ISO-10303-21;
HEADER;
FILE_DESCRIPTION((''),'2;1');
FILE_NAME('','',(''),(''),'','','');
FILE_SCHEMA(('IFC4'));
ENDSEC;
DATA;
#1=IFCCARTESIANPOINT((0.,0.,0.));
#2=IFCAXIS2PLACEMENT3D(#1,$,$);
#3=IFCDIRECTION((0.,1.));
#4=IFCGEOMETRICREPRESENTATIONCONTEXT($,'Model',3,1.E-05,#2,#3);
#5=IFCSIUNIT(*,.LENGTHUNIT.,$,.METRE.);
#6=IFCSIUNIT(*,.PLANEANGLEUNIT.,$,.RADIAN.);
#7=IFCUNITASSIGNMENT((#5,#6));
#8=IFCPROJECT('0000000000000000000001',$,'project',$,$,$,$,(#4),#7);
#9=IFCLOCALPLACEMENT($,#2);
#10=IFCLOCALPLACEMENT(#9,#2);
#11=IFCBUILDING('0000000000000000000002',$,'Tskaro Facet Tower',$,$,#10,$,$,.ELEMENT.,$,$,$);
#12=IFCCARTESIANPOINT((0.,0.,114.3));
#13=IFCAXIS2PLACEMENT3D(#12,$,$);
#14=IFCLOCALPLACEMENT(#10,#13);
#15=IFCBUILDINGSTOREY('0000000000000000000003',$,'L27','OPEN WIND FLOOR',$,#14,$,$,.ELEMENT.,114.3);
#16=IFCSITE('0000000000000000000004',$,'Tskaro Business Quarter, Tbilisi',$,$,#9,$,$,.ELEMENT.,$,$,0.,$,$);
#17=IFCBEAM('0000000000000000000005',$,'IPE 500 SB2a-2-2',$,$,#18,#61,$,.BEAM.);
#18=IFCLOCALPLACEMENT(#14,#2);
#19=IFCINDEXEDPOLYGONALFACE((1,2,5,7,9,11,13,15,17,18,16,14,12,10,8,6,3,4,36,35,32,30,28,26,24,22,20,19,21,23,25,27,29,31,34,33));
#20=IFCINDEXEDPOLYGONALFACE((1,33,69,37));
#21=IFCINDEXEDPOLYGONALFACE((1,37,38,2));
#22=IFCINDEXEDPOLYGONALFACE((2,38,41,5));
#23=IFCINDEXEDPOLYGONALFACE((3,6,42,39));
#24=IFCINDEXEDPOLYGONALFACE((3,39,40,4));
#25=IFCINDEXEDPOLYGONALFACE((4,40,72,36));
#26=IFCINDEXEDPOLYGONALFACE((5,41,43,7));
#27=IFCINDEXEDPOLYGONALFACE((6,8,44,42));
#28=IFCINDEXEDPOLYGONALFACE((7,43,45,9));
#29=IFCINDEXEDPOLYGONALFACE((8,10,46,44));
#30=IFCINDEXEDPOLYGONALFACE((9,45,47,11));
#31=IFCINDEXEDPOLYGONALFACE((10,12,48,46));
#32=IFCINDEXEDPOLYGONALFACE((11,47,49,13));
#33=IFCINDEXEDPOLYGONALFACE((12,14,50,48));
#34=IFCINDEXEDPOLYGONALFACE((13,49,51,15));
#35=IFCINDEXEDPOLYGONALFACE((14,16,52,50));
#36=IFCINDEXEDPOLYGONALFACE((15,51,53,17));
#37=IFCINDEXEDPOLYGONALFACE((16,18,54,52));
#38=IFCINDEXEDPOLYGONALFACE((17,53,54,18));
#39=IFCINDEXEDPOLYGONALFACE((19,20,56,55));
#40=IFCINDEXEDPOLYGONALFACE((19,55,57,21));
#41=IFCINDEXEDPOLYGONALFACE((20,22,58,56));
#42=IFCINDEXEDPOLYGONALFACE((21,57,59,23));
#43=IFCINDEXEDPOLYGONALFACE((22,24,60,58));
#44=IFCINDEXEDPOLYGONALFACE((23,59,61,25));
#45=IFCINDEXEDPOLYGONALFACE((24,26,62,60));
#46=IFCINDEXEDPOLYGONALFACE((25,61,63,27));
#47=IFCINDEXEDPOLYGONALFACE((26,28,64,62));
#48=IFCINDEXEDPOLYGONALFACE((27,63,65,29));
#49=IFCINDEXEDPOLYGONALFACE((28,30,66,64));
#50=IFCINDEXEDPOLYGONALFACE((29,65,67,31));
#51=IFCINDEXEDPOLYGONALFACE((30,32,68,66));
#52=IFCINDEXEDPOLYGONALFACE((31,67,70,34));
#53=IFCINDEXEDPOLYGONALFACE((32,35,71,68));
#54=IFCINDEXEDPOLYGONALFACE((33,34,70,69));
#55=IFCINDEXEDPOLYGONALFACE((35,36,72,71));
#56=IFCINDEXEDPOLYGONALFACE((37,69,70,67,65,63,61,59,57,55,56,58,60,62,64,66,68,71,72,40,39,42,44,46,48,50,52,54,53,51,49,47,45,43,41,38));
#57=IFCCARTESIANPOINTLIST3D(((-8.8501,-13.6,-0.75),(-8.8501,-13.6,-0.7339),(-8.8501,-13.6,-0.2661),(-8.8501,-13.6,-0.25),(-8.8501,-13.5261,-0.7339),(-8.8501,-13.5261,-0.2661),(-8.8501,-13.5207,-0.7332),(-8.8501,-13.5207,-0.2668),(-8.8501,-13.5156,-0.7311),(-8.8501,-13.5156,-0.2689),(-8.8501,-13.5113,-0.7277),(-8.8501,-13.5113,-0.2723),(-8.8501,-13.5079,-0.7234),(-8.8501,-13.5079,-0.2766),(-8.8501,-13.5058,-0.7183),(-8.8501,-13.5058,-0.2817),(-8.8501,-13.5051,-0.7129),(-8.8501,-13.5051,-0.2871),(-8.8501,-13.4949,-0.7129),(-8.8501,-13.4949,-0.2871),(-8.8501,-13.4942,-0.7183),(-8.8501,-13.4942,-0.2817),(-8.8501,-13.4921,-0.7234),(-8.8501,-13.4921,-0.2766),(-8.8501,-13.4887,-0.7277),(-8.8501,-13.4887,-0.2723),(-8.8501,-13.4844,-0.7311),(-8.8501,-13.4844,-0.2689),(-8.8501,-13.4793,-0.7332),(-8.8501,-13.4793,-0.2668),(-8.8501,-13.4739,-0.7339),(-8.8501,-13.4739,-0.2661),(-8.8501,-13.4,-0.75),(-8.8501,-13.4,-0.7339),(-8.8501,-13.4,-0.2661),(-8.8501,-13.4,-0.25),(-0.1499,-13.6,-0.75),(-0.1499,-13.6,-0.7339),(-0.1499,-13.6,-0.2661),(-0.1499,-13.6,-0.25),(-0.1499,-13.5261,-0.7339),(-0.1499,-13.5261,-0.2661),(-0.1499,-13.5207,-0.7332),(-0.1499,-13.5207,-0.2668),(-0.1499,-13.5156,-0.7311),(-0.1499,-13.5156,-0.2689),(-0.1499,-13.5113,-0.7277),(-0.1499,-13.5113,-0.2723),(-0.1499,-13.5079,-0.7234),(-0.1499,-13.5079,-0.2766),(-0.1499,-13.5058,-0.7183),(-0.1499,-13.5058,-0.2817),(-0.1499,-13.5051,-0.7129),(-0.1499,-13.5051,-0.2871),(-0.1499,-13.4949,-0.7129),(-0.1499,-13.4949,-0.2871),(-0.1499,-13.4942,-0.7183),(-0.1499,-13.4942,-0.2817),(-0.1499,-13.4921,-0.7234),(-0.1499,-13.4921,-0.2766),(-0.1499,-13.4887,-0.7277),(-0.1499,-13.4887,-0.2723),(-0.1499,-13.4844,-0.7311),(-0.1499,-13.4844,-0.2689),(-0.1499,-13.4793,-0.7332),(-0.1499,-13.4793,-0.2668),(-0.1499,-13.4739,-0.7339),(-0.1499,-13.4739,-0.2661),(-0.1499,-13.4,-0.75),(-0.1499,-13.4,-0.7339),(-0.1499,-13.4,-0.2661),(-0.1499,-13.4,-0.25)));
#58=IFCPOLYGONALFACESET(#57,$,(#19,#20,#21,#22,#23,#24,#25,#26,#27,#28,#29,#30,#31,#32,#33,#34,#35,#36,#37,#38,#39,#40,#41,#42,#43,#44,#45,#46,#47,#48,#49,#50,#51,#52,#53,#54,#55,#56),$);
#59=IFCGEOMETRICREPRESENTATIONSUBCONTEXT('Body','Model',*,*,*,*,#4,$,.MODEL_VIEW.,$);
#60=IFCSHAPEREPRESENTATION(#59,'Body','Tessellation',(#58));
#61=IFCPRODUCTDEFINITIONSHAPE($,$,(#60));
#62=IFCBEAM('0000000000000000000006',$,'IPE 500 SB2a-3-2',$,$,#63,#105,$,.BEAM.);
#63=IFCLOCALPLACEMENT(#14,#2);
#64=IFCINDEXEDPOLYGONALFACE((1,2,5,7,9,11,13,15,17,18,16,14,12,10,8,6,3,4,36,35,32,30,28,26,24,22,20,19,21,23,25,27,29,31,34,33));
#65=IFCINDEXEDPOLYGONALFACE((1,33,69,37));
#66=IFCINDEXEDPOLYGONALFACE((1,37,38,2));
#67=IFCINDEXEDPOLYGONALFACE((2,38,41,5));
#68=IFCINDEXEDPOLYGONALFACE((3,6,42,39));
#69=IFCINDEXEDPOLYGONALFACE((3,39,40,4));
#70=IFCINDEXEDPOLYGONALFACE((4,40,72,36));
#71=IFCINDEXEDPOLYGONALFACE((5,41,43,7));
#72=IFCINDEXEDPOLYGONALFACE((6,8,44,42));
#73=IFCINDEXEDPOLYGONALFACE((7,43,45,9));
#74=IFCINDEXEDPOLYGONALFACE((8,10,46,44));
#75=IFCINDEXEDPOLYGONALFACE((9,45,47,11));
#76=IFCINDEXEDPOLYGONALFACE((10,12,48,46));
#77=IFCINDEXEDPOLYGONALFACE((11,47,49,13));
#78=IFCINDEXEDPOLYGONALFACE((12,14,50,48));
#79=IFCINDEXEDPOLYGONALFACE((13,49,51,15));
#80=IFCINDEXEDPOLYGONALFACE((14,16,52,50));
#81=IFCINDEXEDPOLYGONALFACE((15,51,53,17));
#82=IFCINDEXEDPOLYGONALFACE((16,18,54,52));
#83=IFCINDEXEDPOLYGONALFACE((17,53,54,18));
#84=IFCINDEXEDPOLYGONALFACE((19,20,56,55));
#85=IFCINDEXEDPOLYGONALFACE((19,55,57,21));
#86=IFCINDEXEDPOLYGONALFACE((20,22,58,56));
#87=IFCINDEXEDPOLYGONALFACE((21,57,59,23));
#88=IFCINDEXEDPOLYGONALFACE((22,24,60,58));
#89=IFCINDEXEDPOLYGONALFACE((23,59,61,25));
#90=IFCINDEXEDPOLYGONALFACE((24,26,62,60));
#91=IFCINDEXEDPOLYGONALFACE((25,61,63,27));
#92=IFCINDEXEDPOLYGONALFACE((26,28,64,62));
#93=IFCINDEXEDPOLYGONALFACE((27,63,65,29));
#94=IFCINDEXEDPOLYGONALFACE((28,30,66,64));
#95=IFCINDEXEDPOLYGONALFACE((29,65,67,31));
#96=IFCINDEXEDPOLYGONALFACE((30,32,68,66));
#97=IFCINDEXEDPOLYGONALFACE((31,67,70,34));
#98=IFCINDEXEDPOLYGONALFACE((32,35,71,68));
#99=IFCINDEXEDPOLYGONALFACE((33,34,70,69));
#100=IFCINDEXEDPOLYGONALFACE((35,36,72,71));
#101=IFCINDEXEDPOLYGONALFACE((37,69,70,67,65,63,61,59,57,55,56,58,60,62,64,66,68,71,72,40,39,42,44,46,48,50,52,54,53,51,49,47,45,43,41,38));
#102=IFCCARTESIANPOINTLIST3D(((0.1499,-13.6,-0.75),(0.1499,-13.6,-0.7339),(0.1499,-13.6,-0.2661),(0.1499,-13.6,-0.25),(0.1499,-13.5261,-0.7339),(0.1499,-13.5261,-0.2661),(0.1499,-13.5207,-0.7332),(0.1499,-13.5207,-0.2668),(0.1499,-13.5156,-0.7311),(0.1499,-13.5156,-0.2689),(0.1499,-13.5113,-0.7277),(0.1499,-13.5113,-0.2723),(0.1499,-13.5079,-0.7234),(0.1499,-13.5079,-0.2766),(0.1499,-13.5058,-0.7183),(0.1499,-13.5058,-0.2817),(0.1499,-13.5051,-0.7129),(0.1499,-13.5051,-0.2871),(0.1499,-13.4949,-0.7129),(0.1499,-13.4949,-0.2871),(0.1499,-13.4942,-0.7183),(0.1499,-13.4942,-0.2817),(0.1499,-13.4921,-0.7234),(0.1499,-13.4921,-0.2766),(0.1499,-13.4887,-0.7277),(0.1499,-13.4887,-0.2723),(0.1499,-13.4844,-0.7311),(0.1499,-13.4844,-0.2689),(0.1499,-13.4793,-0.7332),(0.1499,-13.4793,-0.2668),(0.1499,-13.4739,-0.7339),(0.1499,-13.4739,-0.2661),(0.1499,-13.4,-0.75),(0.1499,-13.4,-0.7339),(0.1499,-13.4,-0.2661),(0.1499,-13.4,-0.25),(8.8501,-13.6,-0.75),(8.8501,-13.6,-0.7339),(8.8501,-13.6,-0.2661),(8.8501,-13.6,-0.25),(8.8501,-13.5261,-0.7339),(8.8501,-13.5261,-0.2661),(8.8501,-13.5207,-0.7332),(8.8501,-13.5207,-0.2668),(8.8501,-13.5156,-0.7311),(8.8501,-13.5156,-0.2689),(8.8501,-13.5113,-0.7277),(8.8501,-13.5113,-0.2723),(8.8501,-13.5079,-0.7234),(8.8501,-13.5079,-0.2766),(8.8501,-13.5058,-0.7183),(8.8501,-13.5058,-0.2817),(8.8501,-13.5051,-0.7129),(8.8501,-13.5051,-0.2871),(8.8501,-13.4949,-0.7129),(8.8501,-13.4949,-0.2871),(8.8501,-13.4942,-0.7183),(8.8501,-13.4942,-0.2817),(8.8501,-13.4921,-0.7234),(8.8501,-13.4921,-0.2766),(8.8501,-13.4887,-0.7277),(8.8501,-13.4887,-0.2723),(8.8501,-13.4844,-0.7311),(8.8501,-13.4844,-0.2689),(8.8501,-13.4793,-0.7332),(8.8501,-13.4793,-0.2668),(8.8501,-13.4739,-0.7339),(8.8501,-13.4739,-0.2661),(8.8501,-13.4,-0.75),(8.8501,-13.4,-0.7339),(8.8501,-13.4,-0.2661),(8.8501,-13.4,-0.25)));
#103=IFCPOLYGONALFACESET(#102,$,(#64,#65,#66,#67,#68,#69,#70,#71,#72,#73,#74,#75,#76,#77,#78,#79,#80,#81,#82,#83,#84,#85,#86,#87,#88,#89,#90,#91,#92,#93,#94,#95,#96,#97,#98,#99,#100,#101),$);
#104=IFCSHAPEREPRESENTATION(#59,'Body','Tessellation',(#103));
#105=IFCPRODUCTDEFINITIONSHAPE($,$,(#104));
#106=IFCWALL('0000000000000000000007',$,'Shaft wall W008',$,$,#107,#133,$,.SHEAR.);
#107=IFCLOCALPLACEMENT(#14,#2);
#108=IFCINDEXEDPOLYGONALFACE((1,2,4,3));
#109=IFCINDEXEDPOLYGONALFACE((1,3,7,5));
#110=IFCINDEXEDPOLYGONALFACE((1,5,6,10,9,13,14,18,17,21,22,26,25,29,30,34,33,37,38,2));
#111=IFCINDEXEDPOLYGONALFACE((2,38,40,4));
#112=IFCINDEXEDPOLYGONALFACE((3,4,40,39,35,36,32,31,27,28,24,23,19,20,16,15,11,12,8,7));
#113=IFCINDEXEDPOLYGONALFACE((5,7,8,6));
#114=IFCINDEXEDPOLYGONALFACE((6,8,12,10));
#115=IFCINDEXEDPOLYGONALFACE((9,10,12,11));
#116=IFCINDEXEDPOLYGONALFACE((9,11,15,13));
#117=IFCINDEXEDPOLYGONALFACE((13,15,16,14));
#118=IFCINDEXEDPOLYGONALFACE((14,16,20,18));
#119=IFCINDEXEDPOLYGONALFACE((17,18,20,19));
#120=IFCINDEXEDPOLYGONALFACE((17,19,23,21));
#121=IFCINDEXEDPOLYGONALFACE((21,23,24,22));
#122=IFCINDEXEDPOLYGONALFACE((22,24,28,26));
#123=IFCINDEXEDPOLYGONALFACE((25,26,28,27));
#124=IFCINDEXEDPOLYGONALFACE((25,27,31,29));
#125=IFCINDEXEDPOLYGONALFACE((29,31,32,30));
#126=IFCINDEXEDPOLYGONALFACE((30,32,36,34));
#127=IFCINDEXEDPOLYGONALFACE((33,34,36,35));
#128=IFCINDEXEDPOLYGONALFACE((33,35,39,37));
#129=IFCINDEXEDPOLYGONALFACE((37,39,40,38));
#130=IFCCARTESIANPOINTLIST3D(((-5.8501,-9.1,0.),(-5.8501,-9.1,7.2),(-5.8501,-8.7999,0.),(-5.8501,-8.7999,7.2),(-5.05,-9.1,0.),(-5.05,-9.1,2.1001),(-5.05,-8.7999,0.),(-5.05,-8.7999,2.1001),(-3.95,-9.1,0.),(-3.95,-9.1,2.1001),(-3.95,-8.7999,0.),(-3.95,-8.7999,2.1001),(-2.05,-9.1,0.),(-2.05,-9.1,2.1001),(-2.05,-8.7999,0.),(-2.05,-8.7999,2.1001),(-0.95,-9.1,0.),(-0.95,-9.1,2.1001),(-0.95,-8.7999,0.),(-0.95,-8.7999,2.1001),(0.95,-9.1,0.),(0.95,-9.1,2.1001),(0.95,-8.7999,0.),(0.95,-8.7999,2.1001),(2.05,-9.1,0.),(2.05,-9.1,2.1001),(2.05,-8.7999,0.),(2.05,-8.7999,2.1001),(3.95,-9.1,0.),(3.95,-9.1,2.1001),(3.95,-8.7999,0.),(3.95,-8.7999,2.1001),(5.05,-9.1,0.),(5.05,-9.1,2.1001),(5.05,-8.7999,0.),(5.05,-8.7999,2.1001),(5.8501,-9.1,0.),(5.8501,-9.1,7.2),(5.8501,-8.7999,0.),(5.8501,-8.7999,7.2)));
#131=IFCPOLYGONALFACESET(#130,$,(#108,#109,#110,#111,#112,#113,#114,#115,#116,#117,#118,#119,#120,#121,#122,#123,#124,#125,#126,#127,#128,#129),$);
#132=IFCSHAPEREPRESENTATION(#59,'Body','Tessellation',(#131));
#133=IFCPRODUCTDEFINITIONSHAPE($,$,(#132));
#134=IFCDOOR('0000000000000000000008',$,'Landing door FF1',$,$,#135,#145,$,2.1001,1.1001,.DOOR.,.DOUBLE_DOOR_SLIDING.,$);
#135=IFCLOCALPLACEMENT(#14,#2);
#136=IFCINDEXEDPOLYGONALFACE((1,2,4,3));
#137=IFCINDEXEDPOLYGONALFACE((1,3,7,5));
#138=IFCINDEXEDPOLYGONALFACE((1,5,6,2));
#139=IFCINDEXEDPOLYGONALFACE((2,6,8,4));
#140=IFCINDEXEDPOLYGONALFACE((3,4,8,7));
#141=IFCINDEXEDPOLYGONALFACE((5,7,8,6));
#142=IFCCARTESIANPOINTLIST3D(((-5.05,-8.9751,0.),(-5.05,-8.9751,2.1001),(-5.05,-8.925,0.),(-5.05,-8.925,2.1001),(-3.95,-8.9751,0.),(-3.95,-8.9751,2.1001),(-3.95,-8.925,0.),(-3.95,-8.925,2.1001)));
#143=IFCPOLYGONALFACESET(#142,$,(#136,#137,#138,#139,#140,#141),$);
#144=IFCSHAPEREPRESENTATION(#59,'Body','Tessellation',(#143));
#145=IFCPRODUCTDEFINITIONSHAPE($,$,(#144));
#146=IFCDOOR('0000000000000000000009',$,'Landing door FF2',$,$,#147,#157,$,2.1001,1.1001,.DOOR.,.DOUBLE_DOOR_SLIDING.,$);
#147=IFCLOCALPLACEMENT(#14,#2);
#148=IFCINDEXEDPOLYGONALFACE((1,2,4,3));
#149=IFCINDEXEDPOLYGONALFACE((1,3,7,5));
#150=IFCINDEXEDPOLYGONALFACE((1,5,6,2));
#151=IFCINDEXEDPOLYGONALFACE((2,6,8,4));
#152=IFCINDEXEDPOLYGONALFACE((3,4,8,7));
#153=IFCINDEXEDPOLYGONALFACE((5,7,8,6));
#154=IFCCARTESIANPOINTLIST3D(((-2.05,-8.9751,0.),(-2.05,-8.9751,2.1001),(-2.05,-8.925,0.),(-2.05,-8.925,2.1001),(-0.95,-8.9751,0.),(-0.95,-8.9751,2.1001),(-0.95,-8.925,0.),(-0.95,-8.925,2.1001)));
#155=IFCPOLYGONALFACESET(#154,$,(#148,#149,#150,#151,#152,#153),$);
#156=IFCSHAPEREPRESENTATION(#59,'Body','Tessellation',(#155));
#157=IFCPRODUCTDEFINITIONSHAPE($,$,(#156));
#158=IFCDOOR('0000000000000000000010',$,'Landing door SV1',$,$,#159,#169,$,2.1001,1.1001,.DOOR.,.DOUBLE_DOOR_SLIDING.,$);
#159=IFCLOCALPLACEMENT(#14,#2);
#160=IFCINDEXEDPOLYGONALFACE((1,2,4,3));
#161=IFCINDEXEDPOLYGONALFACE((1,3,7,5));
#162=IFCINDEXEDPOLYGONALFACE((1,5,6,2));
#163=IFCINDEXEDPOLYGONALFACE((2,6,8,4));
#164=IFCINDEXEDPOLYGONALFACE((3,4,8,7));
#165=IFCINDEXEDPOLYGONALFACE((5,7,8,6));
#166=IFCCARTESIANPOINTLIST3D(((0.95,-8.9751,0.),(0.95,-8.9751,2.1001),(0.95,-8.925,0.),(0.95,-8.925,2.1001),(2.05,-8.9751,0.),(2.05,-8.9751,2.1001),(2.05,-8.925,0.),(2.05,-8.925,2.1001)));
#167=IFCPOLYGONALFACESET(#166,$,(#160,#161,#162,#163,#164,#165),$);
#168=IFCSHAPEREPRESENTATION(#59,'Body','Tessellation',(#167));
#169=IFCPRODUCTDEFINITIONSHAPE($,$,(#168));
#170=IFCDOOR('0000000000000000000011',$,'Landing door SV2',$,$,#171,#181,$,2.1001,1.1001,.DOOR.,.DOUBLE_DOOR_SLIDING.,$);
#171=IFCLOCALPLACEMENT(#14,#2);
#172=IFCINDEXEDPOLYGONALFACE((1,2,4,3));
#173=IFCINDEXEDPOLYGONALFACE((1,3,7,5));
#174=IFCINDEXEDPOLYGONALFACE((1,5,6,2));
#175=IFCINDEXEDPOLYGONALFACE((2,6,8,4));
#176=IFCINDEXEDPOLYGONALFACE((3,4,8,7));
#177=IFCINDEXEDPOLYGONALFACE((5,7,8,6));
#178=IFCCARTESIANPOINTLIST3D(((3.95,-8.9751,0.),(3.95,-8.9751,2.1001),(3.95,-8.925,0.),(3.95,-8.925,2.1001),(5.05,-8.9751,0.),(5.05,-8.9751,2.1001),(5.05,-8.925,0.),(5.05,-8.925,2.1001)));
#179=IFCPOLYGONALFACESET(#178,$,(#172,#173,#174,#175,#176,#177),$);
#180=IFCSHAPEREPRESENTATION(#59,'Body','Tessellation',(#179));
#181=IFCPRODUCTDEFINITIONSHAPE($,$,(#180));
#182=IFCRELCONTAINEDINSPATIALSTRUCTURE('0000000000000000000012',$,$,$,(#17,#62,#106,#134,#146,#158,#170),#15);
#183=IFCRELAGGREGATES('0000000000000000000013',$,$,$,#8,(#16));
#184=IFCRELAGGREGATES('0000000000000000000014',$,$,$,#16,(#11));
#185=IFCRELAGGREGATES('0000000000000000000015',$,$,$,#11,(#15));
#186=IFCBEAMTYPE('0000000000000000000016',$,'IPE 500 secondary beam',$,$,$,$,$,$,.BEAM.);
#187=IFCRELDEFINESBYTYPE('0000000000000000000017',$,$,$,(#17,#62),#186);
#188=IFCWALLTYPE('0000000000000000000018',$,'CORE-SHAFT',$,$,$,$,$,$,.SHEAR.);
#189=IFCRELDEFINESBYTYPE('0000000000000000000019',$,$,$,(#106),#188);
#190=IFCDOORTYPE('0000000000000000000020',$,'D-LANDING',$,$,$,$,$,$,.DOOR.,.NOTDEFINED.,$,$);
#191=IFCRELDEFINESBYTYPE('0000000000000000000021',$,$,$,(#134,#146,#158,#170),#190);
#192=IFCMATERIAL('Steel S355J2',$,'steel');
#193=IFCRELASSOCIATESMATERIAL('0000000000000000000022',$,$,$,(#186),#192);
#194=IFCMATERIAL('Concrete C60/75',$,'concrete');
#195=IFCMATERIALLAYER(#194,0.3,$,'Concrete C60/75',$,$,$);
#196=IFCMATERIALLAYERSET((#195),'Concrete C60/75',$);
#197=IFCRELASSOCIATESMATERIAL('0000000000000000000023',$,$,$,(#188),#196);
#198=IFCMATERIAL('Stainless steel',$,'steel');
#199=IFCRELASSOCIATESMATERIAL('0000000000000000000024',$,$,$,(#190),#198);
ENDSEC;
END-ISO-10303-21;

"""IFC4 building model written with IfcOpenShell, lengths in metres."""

from ifc_helpers import new_model, si_unit, direction, frame, frame_2d, origin, origin_2d, place, context, subcontext, project, spatial, rectangle, i_section, extrude, material, layer, layer_set, material_profile, profile_set, type_object, element, fill, save


model = new_model("IFC4")

# Units and contexts
model_context = context("Model", 3, precision=1e-05, world=origin(), true_north=direction((0.0, 1.0)))
body_context = subcontext(model_context, "Body", "Model", "MODEL_VIEW")
ifc_project = project(units=[si_unit("LENGTHUNIT", "METRE"), si_unit("PLANEANGLEUNIT", "RADIAN")], contexts=[model_context])

# Site, building, storey
site_placement = place(None, origin())
site = spatial("IfcSite", under=ifc_project, at=site_placement, Name="Tskaro Business Quarter, Tbilisi", CompositionType="ELEMENT", RefElevation=0.0)
building_placement = place(site_placement, origin())
building = spatial("IfcBuilding", under=site, at=building_placement, Name="Tskaro Facet Tower", CompositionType="ELEMENT")
storey_placement = place(building_placement, frame((0.0, 0.0, 114.3)))
storey = spatial("IfcBuildingStorey", under=building, at=storey_placement, Name="L27", Description="OPEN WIND FLOOR", CompositionType="ELEMENT", Elevation=114.3)

# Beams
ifc_material_1 = material(Name="Steel S355J2", Category="steel")
ifc_material_profile = material_profile(ifc_material_1, i_section(OverallWidth=0.2, OverallDepth=0.5, WebThickness=0.0103, FlangeThickness=0.0161, FilletRadius=0.021, at=origin_2d()), Name="IPE 500")
ifc_profile_set = profile_set([ifc_material_profile], Name="Steel S355J2")
beam_type = type_object("IfcBeamType", Name="IPE 500 secondary beam", PredefinedType="BEAM", material=ifc_profile_set)
for number, where, z_axis, x_axis, name in (
    (1, (-8.8501, -13.5, -0.5), (1.0, 0.0, 0.0), (0.0, 1.0, 0.0), "IPE 500 SB2a-2-2"),
    (2, (0.1499, -13.5, -0.5), (1.0, 0.0, 0.0), (0.0, 1.0, 0.0), "IPE 500 SB2a-3-2"),
):
    element("IfcBeam", number, at=place(storey_placement, frame(where, z_axis=z_axis, x_axis=x_axis)), inside=storey, type_object=beam_type, Name=name, PredefinedType="BEAM", context=body_context, shape_type="SweptSolid", body=[
        extrude(i_section(OverallWidth=0.2, OverallDepth=0.5, WebThickness=0.0103, FlangeThickness=0.0161, FilletRadius=0.021, at=origin_2d()), origin(), (0.0, 0.0, 1.0), 8.7002),
    ])

# Wall, openings, doors
ifc_material_2 = material(Name="Concrete C60/75", Category="concrete")
ifc_layer_1 = layer(ifc_material_2, 0.3, Name="Concrete C60/75")
ifc_layer_set_1 = layer_set([ifc_layer_1], Name="Concrete C60/75")
wall_type_1 = type_object("IfcWallType", Name="CORE-SHAFT", PredefinedType="SHEAR", material=ifc_layer_set_1)
wall_1_placement = place(storey_placement, frame((-5.8501, -8.95, 0.0), z_axis=(0.0, 0.0, 1.0), x_axis=(1.0, 0.0, 0.0)))
wall_1 = element("IfcWall", 3, at=wall_1_placement, inside=storey, type_object=wall_type_1, Name="Shaft wall W008", PredefinedType="SHEAR", context=body_context, shape_type="SweptSolid", body=[
    extrude(rectangle(XDim=11.7002, YDim=0.3, at=frame_2d((5.8501, 0.0))), origin(), (0.0, 0.0, 1.0), 7.2),
])
opening_1_placement = place(wall_1_placement, frame((0.8, 0.0, 0.0)))
opening_1 = element("IfcOpeningElement", 4, at=opening_1_placement, cuts=wall_1, PredefinedType="OPENING", context=body_context, shape_type="SweptSolid", body=[
    extrude(rectangle(XDim=1.1001, YDim=2.1001, at=frame_2d((0.55, 1.05))), frame((0.0, 0.1599, 0.0), z_axis=(0.0, -1.0, 0.0), x_axis=(1.0, 0.0, 0.0)), (0.0, 0.0, 1.0), 0.3201),
])
opening_2_placement = place(wall_1_placement, frame((3.8, 0.0, 0.0)))
opening_2 = element("IfcOpeningElement", 5, at=opening_2_placement, cuts=wall_1, PredefinedType="OPENING", context=body_context, shape_type="SweptSolid", body=[
    extrude(rectangle(XDim=1.1001, YDim=2.1001, at=frame_2d((0.55, 1.05))), frame((0.0, 0.1599, 0.0), z_axis=(0.0, -1.0, 0.0), x_axis=(1.0, 0.0, 0.0)), (0.0, 0.0, 1.0), 0.3201),
])
opening_3_placement = place(wall_1_placement, frame((6.8, 0.0, 0.0)))
opening_3 = element("IfcOpeningElement", 6, at=opening_3_placement, cuts=wall_1, PredefinedType="OPENING", context=body_context, shape_type="SweptSolid", body=[
    extrude(rectangle(XDim=1.1001, YDim=2.1001, at=frame_2d((0.55, 1.05))), frame((0.0, 0.1599, 0.0), z_axis=(0.0, -1.0, 0.0), x_axis=(1.0, 0.0, 0.0)), (0.0, 0.0, 1.0), 0.3201),
])
opening_4_placement = place(wall_1_placement, frame((9.8, 0.0, 0.0)))
opening_4 = element("IfcOpeningElement", 7, at=opening_4_placement, cuts=wall_1, PredefinedType="OPENING", context=body_context, shape_type="SweptSolid", body=[
    extrude(rectangle(XDim=1.1001, YDim=2.1001, at=frame_2d((0.55, 1.05))), frame((0.0, 0.1599, 0.0), z_axis=(0.0, -1.0, 0.0), x_axis=(1.0, 0.0, 0.0)), (0.0, 0.0, 1.0), 0.3201),
])
ifc_material_3 = material(Name="Stainless steel", Category="steel")
door_type_1 = type_object("IfcDoorType", Name="D-LANDING", OperationType="NOTDEFINED", PredefinedType="DOOR", material=ifc_material_3)
door_1_placement = place(opening_1_placement, origin())
door_1 = element("IfcDoor", 8, at=door_1_placement, inside=storey, type_object=door_type_1, Name="Landing door FF1", OperationType="DOUBLE_DOOR_SLIDING", OverallHeight=2.1001, OverallWidth=1.1001, PredefinedType="DOOR", context=body_context, shape_type="SweptSolid", body=[
    extrude(rectangle(XDim=1.1001, YDim=2.1001, at=frame_2d((0.55, 1.05))), frame((0.0, 0.0249, 0.0), z_axis=(0.0, -1.0, 0.0), x_axis=(1.0, 0.0, 0.0)), (0.0, 0.0, 1.0), 0.05),
])
fill(opening_1, door_1)
door_2_placement = place(opening_2_placement, origin())
door_2 = element("IfcDoor", 9, at=door_2_placement, inside=storey, type_object=door_type_1, Name="Landing door FF2", OperationType="DOUBLE_DOOR_SLIDING", OverallHeight=2.1001, OverallWidth=1.1001, PredefinedType="DOOR", context=body_context, shape_type="SweptSolid", body=[
    extrude(rectangle(XDim=1.1001, YDim=2.1001, at=frame_2d((0.55, 1.05))), frame((0.0, 0.0249, 0.0), z_axis=(0.0, -1.0, 0.0), x_axis=(1.0, 0.0, 0.0)), (0.0, 0.0, 1.0), 0.05),
])
fill(opening_2, door_2)
door_3_placement = place(opening_3_placement, origin())
door_3 = element("IfcDoor", 10, at=door_3_placement, inside=storey, type_object=door_type_1, Name="Landing door SV1", OperationType="DOUBLE_DOOR_SLIDING", OverallHeight=2.1001, OverallWidth=1.1001, PredefinedType="DOOR", context=body_context, shape_type="SweptSolid", body=[
    extrude(rectangle(XDim=1.1001, YDim=2.1001, at=frame_2d((0.55, 1.05))), frame((0.0, 0.0249, 0.0), z_axis=(0.0, -1.0, 0.0), x_axis=(1.0, 0.0, 0.0)), (0.0, 0.0, 1.0), 0.05),
])
fill(opening_3, door_3)
door_4_placement = place(opening_4_placement, origin())
door_4 = element("IfcDoor", 11, at=door_4_placement, inside=storey, type_object=door_type_1, Name="Landing door SV2", OperationType="DOUBLE_DOOR_SLIDING", OverallHeight=2.1001, OverallWidth=1.1001, PredefinedType="DOOR", context=body_context, shape_type="SweptSolid", body=[
    extrude(rectangle(XDim=1.1001, YDim=2.1001, at=frame_2d((0.55, 1.05))), frame((0.0, 0.0249, 0.0), z_axis=(0.0, -1.0, 0.0), x_axis=(1.0, 0.0, 0.0)), (0.0, 0.0, 1.0), 0.05),
])
fill(opening_4, door_4)

save(model, "model.ifc")
